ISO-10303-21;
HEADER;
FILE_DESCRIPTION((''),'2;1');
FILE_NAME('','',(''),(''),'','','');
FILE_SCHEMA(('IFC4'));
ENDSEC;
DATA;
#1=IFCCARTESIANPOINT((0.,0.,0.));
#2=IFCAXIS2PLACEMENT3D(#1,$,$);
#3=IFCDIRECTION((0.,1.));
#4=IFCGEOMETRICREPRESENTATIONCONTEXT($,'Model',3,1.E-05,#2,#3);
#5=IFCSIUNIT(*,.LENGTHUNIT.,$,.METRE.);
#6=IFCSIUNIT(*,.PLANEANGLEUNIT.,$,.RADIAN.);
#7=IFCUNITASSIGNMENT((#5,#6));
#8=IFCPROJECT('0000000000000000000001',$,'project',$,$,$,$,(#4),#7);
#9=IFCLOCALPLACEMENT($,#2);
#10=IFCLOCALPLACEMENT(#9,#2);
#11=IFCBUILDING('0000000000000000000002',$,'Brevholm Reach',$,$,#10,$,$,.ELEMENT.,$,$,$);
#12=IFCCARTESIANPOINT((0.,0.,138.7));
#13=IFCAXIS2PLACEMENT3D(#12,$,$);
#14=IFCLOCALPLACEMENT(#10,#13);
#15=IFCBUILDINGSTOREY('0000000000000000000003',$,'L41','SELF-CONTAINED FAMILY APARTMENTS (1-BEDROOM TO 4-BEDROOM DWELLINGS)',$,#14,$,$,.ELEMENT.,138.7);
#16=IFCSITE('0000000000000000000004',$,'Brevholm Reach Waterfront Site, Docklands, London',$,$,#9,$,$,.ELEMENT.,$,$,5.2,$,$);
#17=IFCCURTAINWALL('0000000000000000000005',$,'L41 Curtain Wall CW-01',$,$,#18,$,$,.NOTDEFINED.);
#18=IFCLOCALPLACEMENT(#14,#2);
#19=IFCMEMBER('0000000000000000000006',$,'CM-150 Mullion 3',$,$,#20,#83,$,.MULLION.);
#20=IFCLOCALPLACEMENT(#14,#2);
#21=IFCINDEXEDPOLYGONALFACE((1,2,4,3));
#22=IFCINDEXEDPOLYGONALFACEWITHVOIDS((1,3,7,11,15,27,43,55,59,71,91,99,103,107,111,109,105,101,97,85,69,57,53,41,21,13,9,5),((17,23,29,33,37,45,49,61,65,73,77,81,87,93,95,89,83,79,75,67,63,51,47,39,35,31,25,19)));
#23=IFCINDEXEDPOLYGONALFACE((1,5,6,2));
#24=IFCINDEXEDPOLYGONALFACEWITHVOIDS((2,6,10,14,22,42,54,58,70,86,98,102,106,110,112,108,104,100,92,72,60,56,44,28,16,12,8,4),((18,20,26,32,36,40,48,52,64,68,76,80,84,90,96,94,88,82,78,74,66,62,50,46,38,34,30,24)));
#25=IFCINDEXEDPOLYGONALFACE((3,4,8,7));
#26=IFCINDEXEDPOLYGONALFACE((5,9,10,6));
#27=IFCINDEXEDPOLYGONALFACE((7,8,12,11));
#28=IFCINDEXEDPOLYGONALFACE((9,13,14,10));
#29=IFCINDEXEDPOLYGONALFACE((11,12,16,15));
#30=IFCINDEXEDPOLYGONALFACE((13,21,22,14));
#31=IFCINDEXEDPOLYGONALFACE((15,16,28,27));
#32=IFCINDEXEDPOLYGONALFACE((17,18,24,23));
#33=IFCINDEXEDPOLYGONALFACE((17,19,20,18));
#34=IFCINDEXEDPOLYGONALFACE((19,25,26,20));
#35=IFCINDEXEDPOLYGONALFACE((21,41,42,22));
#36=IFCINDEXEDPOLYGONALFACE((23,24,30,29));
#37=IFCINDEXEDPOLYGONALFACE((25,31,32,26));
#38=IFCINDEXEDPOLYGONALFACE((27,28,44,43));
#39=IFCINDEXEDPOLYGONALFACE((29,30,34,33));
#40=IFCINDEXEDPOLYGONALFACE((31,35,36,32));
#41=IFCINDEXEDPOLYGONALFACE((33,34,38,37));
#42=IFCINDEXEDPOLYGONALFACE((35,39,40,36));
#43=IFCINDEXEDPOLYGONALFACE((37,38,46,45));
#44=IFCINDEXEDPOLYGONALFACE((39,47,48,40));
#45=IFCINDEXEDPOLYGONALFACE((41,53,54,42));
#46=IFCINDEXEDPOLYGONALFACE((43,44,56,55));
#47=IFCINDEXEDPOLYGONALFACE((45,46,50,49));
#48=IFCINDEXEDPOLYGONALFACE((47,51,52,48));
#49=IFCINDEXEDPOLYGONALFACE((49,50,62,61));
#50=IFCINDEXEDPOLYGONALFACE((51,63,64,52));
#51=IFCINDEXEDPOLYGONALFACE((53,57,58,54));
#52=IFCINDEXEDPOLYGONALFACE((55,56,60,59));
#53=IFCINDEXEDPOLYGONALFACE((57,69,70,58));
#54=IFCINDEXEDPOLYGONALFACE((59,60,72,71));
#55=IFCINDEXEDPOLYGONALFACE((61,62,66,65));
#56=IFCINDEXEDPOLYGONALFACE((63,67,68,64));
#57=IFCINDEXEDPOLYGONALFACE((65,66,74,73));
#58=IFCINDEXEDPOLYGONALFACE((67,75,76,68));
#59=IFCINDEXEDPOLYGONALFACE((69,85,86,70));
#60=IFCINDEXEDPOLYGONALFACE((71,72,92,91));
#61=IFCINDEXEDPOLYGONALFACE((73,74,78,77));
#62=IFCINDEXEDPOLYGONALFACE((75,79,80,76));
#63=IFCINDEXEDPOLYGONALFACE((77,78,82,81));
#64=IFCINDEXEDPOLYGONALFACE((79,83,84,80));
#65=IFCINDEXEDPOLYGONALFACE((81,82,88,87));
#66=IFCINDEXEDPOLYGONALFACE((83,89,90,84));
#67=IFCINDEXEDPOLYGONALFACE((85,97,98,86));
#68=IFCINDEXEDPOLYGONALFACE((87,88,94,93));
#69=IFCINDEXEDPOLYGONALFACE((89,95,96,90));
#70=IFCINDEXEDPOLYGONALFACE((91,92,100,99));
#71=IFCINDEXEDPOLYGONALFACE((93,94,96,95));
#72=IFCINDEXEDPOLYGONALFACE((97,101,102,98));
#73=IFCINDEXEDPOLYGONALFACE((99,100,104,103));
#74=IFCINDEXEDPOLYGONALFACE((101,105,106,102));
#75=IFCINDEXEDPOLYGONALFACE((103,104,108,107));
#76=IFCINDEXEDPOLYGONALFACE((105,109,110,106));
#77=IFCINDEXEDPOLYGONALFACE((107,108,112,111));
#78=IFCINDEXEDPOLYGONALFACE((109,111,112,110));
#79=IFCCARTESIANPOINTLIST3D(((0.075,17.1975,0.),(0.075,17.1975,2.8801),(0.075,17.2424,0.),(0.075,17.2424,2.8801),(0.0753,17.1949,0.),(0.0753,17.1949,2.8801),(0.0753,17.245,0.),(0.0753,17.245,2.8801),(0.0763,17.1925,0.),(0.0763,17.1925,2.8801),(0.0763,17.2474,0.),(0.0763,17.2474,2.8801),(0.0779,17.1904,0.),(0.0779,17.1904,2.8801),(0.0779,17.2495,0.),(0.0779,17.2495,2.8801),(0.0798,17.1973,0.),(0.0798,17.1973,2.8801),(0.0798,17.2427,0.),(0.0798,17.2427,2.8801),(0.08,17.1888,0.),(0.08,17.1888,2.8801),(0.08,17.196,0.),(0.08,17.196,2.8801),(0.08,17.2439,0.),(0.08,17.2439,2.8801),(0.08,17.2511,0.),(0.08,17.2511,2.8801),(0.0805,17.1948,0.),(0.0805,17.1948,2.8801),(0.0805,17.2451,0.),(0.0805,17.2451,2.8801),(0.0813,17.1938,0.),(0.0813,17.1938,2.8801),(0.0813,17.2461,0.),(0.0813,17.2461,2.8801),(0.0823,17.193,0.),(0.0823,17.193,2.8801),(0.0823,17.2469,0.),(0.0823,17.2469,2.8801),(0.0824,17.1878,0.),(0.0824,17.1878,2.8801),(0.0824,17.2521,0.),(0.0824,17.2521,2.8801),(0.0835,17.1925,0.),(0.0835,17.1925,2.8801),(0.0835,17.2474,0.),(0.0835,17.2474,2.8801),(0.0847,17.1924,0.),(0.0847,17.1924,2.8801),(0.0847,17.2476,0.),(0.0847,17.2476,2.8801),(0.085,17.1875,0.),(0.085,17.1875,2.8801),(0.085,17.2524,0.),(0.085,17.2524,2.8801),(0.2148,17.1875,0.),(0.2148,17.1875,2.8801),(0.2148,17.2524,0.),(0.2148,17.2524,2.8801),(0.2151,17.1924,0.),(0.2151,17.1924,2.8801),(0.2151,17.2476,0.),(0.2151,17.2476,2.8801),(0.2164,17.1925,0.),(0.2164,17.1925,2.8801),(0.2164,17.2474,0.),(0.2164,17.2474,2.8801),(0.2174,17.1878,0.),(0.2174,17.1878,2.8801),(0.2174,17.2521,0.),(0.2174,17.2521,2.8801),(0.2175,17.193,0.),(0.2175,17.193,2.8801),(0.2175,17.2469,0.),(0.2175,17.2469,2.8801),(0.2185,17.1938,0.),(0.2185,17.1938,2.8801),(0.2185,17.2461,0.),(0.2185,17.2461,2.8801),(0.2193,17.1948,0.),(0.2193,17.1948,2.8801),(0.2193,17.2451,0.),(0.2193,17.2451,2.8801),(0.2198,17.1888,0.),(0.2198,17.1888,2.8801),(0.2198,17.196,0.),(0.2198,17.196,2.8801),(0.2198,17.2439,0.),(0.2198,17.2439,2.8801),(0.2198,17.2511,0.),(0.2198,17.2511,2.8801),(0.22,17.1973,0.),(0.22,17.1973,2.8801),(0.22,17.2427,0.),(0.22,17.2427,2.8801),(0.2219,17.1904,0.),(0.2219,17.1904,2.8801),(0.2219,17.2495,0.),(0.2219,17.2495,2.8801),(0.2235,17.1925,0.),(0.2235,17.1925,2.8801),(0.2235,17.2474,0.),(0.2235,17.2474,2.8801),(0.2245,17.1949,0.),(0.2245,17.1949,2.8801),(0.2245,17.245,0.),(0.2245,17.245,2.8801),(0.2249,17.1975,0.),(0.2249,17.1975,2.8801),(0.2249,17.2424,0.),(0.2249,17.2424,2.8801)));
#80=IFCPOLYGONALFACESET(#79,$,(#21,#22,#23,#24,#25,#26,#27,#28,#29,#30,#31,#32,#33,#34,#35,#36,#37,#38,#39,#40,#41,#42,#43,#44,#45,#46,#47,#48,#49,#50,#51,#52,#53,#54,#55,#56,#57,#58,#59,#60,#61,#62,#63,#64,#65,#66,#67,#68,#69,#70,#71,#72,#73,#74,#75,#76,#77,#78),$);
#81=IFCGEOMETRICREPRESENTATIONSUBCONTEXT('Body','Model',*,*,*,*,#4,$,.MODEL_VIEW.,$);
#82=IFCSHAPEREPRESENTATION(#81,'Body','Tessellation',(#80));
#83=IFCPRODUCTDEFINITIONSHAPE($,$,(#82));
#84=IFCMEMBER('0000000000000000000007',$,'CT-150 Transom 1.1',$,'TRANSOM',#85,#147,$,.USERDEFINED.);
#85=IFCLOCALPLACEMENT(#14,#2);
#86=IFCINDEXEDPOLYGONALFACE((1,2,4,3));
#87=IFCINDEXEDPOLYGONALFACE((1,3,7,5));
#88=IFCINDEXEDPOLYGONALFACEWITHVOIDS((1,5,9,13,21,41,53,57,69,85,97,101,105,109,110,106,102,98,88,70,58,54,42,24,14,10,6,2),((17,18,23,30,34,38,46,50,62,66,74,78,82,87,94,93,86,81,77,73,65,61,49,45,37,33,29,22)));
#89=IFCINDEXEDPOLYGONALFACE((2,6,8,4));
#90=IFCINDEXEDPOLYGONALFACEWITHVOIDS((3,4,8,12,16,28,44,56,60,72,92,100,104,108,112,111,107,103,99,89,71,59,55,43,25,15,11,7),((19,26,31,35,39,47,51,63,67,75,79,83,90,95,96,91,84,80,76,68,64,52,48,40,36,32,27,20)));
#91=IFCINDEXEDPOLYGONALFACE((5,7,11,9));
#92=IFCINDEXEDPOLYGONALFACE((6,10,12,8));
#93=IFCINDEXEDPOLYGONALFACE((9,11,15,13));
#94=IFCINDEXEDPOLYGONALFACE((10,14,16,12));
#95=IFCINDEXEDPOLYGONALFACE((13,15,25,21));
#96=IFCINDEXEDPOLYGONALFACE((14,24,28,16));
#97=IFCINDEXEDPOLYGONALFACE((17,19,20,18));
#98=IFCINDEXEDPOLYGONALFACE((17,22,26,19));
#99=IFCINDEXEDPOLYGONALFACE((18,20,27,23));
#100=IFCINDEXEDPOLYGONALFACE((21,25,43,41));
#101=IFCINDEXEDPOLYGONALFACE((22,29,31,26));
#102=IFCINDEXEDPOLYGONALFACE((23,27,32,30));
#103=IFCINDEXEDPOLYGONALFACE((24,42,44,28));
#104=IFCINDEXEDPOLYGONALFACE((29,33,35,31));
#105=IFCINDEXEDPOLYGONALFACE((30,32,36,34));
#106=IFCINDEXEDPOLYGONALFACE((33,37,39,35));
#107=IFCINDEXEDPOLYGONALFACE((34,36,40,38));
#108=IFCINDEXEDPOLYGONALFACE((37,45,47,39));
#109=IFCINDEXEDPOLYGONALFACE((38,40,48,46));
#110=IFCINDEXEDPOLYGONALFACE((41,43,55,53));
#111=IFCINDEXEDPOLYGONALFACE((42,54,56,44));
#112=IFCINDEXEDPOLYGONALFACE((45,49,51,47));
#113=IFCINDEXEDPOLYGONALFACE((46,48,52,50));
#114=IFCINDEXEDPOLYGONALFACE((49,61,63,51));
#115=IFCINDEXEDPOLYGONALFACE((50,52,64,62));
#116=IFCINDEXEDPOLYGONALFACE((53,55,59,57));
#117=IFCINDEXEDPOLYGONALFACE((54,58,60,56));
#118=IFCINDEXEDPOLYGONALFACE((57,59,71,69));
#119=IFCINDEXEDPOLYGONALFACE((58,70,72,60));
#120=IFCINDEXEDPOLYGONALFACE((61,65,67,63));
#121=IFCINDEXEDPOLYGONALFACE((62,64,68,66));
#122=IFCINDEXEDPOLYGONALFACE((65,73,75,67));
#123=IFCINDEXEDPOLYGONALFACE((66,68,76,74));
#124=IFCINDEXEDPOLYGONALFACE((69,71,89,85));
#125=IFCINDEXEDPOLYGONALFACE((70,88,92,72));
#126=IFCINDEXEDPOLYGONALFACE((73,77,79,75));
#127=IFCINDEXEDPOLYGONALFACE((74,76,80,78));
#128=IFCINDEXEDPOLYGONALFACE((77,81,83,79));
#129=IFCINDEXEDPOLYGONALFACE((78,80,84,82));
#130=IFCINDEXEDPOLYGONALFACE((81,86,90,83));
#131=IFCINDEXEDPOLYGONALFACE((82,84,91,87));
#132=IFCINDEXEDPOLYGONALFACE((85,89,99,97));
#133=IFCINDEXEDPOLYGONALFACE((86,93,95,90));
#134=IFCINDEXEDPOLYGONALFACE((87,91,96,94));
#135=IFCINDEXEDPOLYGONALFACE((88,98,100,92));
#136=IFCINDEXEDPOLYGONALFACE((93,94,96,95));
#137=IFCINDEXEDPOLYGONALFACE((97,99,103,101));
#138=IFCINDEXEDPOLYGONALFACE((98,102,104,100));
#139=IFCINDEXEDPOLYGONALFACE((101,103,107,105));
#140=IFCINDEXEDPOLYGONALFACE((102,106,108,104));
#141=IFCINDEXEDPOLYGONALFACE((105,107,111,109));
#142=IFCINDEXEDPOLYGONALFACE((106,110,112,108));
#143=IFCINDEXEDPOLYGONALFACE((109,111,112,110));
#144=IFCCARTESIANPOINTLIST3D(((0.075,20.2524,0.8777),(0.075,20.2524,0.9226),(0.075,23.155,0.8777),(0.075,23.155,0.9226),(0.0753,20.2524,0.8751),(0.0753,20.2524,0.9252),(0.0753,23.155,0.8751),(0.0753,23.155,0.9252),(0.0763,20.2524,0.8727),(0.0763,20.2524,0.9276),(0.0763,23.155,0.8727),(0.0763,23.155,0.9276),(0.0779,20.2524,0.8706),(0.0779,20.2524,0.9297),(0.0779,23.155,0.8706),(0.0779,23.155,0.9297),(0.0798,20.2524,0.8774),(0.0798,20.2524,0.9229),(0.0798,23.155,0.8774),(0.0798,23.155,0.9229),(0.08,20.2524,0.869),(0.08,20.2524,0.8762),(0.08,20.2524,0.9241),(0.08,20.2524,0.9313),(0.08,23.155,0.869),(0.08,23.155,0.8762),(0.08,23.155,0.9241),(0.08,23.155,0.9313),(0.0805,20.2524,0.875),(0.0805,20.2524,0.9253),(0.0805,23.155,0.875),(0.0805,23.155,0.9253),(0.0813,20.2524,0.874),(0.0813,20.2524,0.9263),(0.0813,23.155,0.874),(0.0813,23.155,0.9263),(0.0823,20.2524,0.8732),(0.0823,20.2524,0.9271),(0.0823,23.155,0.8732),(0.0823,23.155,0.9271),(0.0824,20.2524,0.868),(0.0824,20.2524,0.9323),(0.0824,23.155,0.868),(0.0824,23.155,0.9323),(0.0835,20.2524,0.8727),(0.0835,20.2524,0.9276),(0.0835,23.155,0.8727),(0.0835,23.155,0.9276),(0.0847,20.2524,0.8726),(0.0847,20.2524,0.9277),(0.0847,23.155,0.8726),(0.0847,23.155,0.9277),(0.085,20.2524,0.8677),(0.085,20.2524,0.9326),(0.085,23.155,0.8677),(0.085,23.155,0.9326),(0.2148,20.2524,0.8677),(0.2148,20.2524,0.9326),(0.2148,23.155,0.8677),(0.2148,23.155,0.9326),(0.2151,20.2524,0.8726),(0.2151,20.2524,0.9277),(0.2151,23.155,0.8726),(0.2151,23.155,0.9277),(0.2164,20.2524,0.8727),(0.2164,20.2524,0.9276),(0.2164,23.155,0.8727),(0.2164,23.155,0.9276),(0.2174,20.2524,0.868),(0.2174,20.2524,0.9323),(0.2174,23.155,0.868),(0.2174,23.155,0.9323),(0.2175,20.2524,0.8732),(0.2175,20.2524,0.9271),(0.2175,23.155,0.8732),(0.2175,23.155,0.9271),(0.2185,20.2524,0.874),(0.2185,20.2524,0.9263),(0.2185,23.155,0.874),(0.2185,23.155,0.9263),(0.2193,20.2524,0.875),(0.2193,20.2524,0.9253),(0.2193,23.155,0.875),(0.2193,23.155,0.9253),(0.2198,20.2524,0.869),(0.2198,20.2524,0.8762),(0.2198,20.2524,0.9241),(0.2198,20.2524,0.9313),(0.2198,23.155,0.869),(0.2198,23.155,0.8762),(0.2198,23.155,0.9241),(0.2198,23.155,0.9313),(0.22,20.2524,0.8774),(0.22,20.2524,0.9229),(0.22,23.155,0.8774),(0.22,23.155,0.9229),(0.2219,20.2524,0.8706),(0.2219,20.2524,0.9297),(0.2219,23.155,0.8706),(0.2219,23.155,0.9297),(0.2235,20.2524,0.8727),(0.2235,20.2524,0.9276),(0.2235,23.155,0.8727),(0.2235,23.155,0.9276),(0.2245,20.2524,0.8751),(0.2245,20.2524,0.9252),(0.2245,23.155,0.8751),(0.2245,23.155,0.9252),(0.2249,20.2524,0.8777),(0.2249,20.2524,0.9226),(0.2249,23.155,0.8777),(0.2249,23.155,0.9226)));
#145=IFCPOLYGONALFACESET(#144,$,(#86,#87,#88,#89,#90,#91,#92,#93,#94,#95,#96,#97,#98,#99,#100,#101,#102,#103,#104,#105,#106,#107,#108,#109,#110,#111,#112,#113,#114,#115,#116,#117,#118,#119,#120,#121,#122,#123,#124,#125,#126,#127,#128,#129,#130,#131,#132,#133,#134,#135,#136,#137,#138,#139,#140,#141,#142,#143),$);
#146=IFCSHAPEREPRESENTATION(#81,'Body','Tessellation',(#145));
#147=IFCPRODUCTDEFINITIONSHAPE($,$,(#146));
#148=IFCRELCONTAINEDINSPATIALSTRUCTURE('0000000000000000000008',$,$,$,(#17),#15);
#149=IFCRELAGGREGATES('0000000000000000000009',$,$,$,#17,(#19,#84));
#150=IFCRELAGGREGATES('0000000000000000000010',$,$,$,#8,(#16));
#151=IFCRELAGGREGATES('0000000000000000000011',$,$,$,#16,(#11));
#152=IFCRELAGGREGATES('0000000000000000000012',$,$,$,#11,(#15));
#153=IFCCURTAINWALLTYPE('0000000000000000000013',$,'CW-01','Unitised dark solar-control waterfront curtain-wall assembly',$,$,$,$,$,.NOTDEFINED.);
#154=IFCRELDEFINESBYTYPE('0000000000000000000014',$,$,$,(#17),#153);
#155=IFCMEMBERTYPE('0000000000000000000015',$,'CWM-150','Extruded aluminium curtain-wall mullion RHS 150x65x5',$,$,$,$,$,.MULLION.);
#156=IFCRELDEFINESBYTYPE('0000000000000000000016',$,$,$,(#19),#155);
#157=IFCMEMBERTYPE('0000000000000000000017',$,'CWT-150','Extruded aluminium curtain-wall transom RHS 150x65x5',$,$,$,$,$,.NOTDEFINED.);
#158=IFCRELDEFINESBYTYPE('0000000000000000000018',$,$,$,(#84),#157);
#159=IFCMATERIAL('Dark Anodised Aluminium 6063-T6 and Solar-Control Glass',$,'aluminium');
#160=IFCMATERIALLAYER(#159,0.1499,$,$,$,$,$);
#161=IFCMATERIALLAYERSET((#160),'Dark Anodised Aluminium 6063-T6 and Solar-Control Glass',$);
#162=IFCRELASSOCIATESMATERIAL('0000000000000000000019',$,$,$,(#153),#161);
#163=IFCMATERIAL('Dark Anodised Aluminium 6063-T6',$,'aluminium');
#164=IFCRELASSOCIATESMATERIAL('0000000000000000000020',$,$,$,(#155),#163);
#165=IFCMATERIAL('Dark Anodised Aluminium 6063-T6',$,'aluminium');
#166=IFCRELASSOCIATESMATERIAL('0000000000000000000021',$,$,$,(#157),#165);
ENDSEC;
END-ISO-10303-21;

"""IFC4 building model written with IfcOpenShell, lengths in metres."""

from ifc_helpers import new_model, si_unit, direction, frame, origin, origin_2d, place, context, subcontext, project, spatial, hollow_rectangle, extrude, material, layer, layer_set, material_profile, profile_set, type_object, element, aggregate, save


model = new_model("IFC4")

# Units and contexts
model_context = context("Model", 3, precision=1e-05, world=origin(), true_north=direction((0.0, 1.0)))
body_context = subcontext(model_context, "Body", "Model", "MODEL_VIEW")
ifc_project = project(units=[si_unit("LENGTHUNIT", "METRE"), si_unit("PLANEANGLEUNIT", "RADIAN")], contexts=[model_context])

# Site, building, storey
site_placement = place(None, origin())
site = spatial("IfcSite", under=ifc_project, at=site_placement, Name="Brevholm Reach Waterfront Site, Docklands, London", CompositionType="ELEMENT", RefElevation=5.2)
building_placement = place(site_placement, origin())
building = spatial("IfcBuilding", under=site, at=building_placement, Name="Brevholm Reach", CompositionType="ELEMENT")
storey_placement = place(building_placement, frame((0.0, 0.0, 138.7)))
storey = spatial("IfcBuildingStorey", under=building, at=storey_placement, Name="L41", Description="SELF-CONTAINED FAMILY APARTMENTS (1-BEDROOM TO 4-BEDROOM DWELLINGS)", CompositionType="ELEMENT", Elevation=138.7)

# Curtain wall, members
ifc_material_1 = material(Name="Dark Anodised Aluminium 6063-T6 and Solar-Control Glass", Category="aluminium")
ifc_layer_1 = layer(ifc_material_1, 0.1499)
ifc_layer_set_1 = layer_set([ifc_layer_1], Name="Dark Anodised Aluminium 6063-T6 and Solar-Control Glass")
curtain_wall_type = type_object("IfcCurtainWallType", Name="CW-01", Description="Unitised dark solar-control waterfront curtain-wall assembly", PredefinedType="NOTDEFINED", material=ifc_layer_set_1)
curtain_wall_placement = place(storey_placement, origin())
curtain_wall = element("IfcCurtainWall", 1, at=curtain_wall_placement, inside=storey, type_object=curtain_wall_type, Name="L41 Curtain Wall CW-01", PredefinedType="NOTDEFINED")
ifc_material_2 = material(Name="Dark Anodised Aluminium 6063-T6", Category="aluminium")
ifc_material_profile_1 = material_profile(ifc_material_2, hollow_rectangle(XDim=0.0649, YDim=0.1499, WallThickness=0.0049, InnerFilletRadius=0.0049, OuterFilletRadius=0.01, at=origin_2d()), Name="RHS 150x65x5")
ifc_profile_set_1 = profile_set([ifc_material_profile_1], Name="Dark Anodised Aluminium 6063-T6")
member_type_1 = type_object("IfcMemberType", Name="CWM-150", Description="Extruded aluminium curtain-wall mullion RHS 150x65x5", PredefinedType="MULLION", material=ifc_profile_set_1)
member_1_placement = place(storey_placement, frame((0.1499, 17.22, 0.0), z_axis=(0.0, 0.0, 1.0), x_axis=(0.0, -1.0, 0.0)))
member_1 = element("IfcMember", 2, at=member_1_placement, type_object=member_type_1, Name="CM-150 Mullion 3", PredefinedType="MULLION", context=body_context, shape_type="SweptSolid", body=[
    extrude(hollow_rectangle(XDim=0.0649, YDim=0.1499, WallThickness=0.0049, InnerFilletRadius=0.0049, OuterFilletRadius=0.01, at=origin_2d()), origin(), (0.0, 0.0, 1.0), 2.8801),
])
ifc_material_3 = material(Name="Dark Anodised Aluminium 6063-T6", Category="aluminium")
ifc_material_profile_2 = material_profile(ifc_material_3, hollow_rectangle(XDim=0.0649, YDim=0.1499, WallThickness=0.0049, InnerFilletRadius=0.0049, OuterFilletRadius=0.01, at=origin_2d()), Name="RHS 150x65x5")
ifc_profile_set_2 = profile_set([ifc_material_profile_2], Name="Dark Anodised Aluminium 6063-T6")
member_type_2 = type_object("IfcMemberType", Name="CWT-150", Description="Extruded aluminium curtain-wall transom RHS 150x65x5", PredefinedType="NOTDEFINED", material=ifc_profile_set_2)
member_2_placement = place(storey_placement, frame((0.1499, 23.155, 0.9001), z_axis=(0.0, -1.0, 0.0), x_axis=(0.0, 0.0, 1.0)))
member_2 = element("IfcMember", 3, at=member_2_placement, type_object=member_type_2, Name="CT-150 Transom 1.1", ObjectType="TRANSOM", PredefinedType="USERDEFINED", context=body_context, shape_type="SweptSolid", body=[
    extrude(hollow_rectangle(XDim=0.0649, YDim=0.1499, WallThickness=0.0049, InnerFilletRadius=0.0049, OuterFilletRadius=0.01, at=origin_2d()), origin(), (0.0, 0.0, 1.0), 2.9026),
])
aggregate(curtain_wall, [member_1, member_2])

save(model, "model.ifc")
